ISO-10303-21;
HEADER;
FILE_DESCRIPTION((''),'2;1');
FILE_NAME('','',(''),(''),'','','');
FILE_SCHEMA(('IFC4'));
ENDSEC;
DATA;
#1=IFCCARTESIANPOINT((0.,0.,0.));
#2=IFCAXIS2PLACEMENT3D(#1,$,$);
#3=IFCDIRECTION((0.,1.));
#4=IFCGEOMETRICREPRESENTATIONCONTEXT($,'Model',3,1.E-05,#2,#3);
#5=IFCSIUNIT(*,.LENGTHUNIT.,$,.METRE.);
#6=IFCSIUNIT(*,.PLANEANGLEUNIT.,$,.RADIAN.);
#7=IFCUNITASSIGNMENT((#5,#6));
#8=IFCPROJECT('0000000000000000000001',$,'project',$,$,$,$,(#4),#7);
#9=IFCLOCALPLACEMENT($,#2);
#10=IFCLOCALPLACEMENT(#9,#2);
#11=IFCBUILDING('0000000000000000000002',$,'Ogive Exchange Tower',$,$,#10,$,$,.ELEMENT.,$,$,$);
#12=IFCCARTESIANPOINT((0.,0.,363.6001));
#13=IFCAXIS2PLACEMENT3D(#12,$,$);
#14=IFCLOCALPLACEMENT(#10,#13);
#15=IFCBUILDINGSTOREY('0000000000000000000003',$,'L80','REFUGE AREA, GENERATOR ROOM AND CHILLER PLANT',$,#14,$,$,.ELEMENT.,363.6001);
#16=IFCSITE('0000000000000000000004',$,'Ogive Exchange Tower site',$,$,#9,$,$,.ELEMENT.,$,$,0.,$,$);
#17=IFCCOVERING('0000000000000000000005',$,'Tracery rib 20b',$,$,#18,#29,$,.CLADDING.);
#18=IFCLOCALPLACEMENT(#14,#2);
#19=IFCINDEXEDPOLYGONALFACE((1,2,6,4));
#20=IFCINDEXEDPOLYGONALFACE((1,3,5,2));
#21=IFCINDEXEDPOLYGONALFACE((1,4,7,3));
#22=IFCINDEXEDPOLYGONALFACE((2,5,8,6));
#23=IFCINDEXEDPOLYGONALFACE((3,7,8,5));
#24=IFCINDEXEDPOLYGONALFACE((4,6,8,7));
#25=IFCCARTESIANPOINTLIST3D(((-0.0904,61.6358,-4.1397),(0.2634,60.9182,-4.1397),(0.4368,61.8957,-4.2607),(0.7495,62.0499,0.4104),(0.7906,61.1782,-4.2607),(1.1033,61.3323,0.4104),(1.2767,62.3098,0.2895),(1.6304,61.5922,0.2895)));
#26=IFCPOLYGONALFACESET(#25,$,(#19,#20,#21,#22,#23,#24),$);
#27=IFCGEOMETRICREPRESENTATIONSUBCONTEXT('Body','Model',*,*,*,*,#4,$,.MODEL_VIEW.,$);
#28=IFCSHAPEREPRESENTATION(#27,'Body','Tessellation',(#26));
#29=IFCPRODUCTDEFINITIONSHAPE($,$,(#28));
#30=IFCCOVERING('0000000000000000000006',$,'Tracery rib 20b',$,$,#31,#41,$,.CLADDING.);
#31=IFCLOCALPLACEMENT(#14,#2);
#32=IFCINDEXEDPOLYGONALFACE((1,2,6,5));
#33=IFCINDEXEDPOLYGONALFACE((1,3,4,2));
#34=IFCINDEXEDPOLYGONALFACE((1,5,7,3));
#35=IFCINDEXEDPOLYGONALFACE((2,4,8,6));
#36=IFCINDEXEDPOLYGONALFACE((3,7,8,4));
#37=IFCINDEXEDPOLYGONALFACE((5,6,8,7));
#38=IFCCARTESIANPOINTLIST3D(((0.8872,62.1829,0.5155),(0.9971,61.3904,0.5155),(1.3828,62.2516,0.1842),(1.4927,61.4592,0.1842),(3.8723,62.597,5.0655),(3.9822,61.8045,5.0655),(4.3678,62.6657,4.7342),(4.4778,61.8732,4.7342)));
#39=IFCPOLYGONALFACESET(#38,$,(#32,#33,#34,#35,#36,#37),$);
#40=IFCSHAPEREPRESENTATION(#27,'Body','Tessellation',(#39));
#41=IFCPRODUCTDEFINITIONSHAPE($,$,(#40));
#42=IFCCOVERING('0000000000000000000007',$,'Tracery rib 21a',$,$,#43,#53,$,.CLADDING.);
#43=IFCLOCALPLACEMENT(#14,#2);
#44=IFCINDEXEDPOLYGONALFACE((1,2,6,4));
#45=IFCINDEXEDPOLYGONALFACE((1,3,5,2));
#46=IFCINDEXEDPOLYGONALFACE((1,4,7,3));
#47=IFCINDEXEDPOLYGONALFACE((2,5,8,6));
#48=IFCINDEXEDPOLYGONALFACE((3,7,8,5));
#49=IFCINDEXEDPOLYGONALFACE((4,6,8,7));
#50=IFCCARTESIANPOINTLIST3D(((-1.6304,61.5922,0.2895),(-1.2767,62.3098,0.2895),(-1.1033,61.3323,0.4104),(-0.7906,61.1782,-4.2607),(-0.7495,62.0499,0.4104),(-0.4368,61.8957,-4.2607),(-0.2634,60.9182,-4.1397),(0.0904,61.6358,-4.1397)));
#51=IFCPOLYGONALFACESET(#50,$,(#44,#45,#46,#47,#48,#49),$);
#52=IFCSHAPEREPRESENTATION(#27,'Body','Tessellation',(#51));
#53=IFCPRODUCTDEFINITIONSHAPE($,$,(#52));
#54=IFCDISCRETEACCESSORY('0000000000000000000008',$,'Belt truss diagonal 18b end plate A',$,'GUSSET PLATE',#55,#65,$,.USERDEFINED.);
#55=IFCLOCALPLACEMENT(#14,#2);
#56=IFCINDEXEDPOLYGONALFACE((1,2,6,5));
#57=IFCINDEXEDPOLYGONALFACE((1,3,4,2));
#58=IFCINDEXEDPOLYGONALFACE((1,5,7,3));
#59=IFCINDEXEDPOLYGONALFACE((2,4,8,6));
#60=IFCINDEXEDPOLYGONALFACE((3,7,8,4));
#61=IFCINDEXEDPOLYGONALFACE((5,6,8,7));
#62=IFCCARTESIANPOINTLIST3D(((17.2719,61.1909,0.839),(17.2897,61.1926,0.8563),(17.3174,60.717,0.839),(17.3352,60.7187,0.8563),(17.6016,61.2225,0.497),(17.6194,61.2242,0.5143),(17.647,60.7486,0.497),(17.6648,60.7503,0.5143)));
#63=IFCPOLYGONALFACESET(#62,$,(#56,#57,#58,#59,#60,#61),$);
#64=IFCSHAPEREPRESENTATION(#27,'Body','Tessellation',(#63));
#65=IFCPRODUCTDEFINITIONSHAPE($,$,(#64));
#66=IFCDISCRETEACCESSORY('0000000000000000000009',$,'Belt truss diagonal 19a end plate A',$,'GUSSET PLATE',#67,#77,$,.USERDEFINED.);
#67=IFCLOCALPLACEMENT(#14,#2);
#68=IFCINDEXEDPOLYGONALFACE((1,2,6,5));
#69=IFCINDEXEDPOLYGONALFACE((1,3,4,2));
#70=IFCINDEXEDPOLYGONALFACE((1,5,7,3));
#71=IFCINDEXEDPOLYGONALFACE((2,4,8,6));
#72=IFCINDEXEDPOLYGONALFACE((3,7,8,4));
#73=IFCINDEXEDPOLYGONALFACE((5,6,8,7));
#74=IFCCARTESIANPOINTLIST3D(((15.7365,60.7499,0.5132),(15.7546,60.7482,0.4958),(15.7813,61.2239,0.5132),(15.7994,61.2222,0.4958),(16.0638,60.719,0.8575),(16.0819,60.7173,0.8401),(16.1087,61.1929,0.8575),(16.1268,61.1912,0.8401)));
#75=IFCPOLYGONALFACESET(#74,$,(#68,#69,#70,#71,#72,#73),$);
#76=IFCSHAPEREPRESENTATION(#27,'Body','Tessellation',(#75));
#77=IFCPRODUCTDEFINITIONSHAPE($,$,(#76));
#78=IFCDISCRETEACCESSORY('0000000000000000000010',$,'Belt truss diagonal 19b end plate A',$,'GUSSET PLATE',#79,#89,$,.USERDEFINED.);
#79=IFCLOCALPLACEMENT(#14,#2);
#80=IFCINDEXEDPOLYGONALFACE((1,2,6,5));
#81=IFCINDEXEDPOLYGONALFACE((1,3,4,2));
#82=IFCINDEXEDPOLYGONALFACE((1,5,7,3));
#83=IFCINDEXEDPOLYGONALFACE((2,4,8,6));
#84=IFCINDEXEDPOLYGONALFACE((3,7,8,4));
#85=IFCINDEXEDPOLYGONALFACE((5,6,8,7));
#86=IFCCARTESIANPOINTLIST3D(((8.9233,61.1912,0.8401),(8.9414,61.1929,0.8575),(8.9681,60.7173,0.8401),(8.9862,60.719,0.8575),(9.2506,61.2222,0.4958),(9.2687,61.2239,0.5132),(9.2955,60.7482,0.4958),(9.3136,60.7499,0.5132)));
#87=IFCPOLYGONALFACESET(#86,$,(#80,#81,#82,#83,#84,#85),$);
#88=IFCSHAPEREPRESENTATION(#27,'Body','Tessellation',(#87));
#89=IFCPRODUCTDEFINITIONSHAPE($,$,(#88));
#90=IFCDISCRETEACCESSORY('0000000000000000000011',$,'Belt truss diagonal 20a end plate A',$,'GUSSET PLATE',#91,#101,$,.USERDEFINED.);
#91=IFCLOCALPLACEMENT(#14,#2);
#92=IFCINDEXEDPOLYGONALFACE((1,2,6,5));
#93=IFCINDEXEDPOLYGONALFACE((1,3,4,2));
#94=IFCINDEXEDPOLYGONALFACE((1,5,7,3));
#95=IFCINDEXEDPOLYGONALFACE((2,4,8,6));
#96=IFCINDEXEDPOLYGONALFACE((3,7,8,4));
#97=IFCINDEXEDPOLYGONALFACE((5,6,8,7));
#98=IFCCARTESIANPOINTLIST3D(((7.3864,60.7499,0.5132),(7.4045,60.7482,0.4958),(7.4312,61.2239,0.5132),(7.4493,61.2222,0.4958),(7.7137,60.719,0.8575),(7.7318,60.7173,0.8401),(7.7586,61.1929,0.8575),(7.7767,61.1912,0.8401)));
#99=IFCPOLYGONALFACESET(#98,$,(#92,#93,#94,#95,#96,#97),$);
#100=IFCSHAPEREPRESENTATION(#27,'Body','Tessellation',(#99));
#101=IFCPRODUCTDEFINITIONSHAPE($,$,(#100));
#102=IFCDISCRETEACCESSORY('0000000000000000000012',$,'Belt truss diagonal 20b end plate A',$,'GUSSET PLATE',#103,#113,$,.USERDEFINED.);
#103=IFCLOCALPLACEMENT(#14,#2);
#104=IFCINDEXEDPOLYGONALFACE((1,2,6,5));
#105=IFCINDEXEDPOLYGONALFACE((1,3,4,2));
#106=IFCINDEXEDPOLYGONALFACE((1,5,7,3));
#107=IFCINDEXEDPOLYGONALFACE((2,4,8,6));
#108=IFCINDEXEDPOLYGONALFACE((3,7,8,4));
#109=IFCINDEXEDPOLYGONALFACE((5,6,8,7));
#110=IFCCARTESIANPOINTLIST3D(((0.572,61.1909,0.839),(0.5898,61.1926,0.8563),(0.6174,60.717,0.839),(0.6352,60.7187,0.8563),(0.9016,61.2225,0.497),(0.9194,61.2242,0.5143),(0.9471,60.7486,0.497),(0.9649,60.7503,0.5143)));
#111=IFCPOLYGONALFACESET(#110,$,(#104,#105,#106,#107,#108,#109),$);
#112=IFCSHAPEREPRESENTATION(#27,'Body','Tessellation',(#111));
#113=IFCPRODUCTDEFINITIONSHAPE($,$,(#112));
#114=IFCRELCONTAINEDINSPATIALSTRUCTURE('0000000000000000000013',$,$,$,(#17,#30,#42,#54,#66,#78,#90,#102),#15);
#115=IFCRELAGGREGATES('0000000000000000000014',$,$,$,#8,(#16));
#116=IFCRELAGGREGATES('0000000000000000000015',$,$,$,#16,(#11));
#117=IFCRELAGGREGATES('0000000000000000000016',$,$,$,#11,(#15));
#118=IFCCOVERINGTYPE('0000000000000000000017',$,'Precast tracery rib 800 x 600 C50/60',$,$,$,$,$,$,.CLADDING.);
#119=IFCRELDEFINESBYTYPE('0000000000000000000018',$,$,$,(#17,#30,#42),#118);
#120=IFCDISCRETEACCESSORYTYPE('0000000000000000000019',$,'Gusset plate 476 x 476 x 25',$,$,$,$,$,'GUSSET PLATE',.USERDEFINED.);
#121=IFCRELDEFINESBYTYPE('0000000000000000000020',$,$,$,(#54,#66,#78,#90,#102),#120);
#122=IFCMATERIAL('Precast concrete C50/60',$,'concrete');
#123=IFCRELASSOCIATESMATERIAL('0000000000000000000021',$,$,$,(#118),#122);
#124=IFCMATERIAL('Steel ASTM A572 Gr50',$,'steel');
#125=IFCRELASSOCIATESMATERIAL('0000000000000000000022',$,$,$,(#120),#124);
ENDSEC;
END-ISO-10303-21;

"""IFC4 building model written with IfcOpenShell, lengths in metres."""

from ifc_helpers import new_model, si_unit, direction, frame, origin, origin_2d, place, context, subcontext, project, spatial, rectangle, extrude, material, material_profile, profile_set, type_object, element, save


model = new_model("IFC4")

# Units and contexts
model_context = context("Model", 3, precision=1e-05, world=origin(), true_north=direction((0.0, 1.0)))
body_context = subcontext(model_context, "Body", "Model", "MODEL_VIEW")
ifc_project = project(units=[si_unit("LENGTHUNIT", "METRE"), si_unit("PLANEANGLEUNIT", "RADIAN")], contexts=[model_context])

# Site, building, storey
site_placement = place(None, origin())
site = spatial("IfcSite", under=ifc_project, at=site_placement, Name="Ogive Exchange Tower site", CompositionType="ELEMENT", RefElevation=0.0)
building_placement = place(site_placement, origin())
building = spatial("IfcBuilding", under=site, at=building_placement, Name="Ogive Exchange Tower", CompositionType="ELEMENT")
storey_placement = place(building_placement, frame((0.0, 0.0, 363.6001)))
storey = spatial("IfcBuildingStorey", under=building, at=storey_placement, Name="L80", Description="REFUGE AREA, GENERATOR ROOM AND CHILLER PLANT", CompositionType="ELEMENT", Elevation=363.6001)

# Coverings
ifc_material_1 = material(Name="Precast concrete C50/60", Category="concrete")
ifc_material_profile_1 = material_profile(ifc_material_1, rectangle(XDim=0.8, YDim=0.6001, at=origin_2d()), Name="RIB 800 x 600")
ifc_profile_set_1 = profile_set([ifc_material_profile_1], Name="Precast concrete C50/60")
covering_type = type_object("IfcCoveringType", Name="Precast tracery rib 800 x 600 C50/60", PredefinedType="CLADDING", material=ifc_profile_set_1)
covering_1_placement = place(storey_placement, frame((0.3501, 61.407, -4.2002), z_axis=(0.18079, 0.089134, 0.979474), x_axis=(-0.442201, 0.896916, 0.0)))
element("IfcCovering", 1, at=covering_1_placement, inside=storey, type_object=covering_type, Name="Tracery rib 20b", PredefinedType="CLADDING", context=body_context, shape_type="SweptSolid", body=[
    extrude(rectangle(XDim=0.8, YDim=0.6001, at=origin_2d()), origin(), (0.0, 0.0, 1.0), 4.6455),
])
covering_2_placement = place(storey_placement, frame((1.1899, 61.821, 0.3499), z_axis=(0.546965, 0.075869, 0.833711), x_axis=(-0.137394, 0.990516, 0.0)))
element("IfcCovering", 2, at=covering_2_placement, inside=storey, type_object=covering_type, Name="Tracery rib 20b", PredefinedType="CLADDING", context=body_context, shape_type="SweptSolid", body=[
    extrude(rectangle(XDim=0.8, YDim=0.6001, at=origin_2d()), origin(), (0.0, 0.0, 1.0), 5.4575),
])
covering_3_placement = place(storey_placement, frame((-0.3501, 61.407, -4.2002), z_axis=(-0.18079, 0.089134, 0.979474), x_axis=(-0.442201, -0.896916, 0.0)))
element("IfcCovering", 3, at=covering_3_placement, inside=storey, type_object=covering_type, Name="Tracery rib 21a", PredefinedType="CLADDING", context=body_context, shape_type="SweptSolid", body=[
    extrude(rectangle(XDim=0.8, YDim=0.6001, at=origin_2d()), origin(), (0.0, 0.0, 1.0), 4.6455),
])

# Discrete accessories
ifc_material_2 = material(Name="Steel ASTM A572 Gr50", Category="steel")
ifc_material_profile_2 = material_profile(ifc_material_2, rectangle(XDim=0.4761, YDim=0.4761, at=origin_2d()), Name="PL 476 x 476 x 25")
ifc_profile_set_2 = profile_set([ifc_material_profile_2], Name="Steel ASTM A572 Gr50")
discrete_accessory_type = type_object("IfcDiscreteAccessoryType", Name="Gusset plate 476 x 476 x 25", ElementType="GUSSET PLATE", PredefinedType="USERDEFINED", material=ifc_profile_set_2)
discrete_accessory_1_placement = place(storey_placement, frame((17.4595, 60.9697, 0.668), z_axis=(0.715171, 0.068578, 0.695577), x_axis=(-0.095453, 0.995434, 0.0)))
element("IfcDiscreteAccessory", 4, at=discrete_accessory_1_placement, inside=storey, type_object=discrete_accessory_type, Name="Belt truss diagonal 18b end plate A", ObjectType="GUSSET PLATE", PredefinedType="USERDEFINED", context=body_context, shape_type="SweptSolid", body=[
    extrude(rectangle(XDim=0.4761, YDim=0.4761, at=origin_2d()), origin(), (0.0, 0.0, 1.0), 0.0249),
])
for number, where, z_axis, x_axis, name in (
    (5, (15.9407, 60.9697, 0.668), (-0.719907, 0.068099, 0.690722), (-0.094174, -0.995556, 0.0), "Belt truss diagonal 19a end plate A"),
    (6, (9.1094, 60.9697, 0.668), (0.719907, 0.068099, 0.690722), (-0.094174, 0.995556, 0.0), "Belt truss diagonal 19b end plate A"),
    (7, (7.5906, 60.9697, 0.668), (-0.719907, 0.068099, 0.690722), (-0.094174, -0.995556, 0.0), "Belt truss diagonal 20a end plate A"),
):
    element("IfcDiscreteAccessory", number, at=place(storey_placement, frame(where, z_axis=z_axis, x_axis=x_axis)), inside=storey, type_object=discrete_accessory_type, Name=name, ObjectType="GUSSET PLATE", PredefinedType="USERDEFINED", context=body_context, shape_type="SweptSolid", body=[
        extrude(rectangle(XDim=0.4761, YDim=0.4761, at=origin_2d()), origin(), (0.0, 0.0, 1.0), 0.0251),
    ])
discrete_accessory_2_placement = place(storey_placement, frame((0.7595, 60.9697, 0.668), z_axis=(0.715171, 0.068578, 0.695577), x_axis=(-0.095453, 0.995434, 0.0)))
element("IfcDiscreteAccessory", 8, at=discrete_accessory_2_placement, inside=storey, type_object=discrete_accessory_type, Name="Belt truss diagonal 20b end plate A", ObjectType="GUSSET PLATE", PredefinedType="USERDEFINED", context=body_context, shape_type="SweptSolid", body=[
    extrude(rectangle(XDim=0.4761, YDim=0.4761, at=origin_2d()), origin(), (0.0, 0.0, 1.0), 0.0249),
])

save(model, "model.ifc")
